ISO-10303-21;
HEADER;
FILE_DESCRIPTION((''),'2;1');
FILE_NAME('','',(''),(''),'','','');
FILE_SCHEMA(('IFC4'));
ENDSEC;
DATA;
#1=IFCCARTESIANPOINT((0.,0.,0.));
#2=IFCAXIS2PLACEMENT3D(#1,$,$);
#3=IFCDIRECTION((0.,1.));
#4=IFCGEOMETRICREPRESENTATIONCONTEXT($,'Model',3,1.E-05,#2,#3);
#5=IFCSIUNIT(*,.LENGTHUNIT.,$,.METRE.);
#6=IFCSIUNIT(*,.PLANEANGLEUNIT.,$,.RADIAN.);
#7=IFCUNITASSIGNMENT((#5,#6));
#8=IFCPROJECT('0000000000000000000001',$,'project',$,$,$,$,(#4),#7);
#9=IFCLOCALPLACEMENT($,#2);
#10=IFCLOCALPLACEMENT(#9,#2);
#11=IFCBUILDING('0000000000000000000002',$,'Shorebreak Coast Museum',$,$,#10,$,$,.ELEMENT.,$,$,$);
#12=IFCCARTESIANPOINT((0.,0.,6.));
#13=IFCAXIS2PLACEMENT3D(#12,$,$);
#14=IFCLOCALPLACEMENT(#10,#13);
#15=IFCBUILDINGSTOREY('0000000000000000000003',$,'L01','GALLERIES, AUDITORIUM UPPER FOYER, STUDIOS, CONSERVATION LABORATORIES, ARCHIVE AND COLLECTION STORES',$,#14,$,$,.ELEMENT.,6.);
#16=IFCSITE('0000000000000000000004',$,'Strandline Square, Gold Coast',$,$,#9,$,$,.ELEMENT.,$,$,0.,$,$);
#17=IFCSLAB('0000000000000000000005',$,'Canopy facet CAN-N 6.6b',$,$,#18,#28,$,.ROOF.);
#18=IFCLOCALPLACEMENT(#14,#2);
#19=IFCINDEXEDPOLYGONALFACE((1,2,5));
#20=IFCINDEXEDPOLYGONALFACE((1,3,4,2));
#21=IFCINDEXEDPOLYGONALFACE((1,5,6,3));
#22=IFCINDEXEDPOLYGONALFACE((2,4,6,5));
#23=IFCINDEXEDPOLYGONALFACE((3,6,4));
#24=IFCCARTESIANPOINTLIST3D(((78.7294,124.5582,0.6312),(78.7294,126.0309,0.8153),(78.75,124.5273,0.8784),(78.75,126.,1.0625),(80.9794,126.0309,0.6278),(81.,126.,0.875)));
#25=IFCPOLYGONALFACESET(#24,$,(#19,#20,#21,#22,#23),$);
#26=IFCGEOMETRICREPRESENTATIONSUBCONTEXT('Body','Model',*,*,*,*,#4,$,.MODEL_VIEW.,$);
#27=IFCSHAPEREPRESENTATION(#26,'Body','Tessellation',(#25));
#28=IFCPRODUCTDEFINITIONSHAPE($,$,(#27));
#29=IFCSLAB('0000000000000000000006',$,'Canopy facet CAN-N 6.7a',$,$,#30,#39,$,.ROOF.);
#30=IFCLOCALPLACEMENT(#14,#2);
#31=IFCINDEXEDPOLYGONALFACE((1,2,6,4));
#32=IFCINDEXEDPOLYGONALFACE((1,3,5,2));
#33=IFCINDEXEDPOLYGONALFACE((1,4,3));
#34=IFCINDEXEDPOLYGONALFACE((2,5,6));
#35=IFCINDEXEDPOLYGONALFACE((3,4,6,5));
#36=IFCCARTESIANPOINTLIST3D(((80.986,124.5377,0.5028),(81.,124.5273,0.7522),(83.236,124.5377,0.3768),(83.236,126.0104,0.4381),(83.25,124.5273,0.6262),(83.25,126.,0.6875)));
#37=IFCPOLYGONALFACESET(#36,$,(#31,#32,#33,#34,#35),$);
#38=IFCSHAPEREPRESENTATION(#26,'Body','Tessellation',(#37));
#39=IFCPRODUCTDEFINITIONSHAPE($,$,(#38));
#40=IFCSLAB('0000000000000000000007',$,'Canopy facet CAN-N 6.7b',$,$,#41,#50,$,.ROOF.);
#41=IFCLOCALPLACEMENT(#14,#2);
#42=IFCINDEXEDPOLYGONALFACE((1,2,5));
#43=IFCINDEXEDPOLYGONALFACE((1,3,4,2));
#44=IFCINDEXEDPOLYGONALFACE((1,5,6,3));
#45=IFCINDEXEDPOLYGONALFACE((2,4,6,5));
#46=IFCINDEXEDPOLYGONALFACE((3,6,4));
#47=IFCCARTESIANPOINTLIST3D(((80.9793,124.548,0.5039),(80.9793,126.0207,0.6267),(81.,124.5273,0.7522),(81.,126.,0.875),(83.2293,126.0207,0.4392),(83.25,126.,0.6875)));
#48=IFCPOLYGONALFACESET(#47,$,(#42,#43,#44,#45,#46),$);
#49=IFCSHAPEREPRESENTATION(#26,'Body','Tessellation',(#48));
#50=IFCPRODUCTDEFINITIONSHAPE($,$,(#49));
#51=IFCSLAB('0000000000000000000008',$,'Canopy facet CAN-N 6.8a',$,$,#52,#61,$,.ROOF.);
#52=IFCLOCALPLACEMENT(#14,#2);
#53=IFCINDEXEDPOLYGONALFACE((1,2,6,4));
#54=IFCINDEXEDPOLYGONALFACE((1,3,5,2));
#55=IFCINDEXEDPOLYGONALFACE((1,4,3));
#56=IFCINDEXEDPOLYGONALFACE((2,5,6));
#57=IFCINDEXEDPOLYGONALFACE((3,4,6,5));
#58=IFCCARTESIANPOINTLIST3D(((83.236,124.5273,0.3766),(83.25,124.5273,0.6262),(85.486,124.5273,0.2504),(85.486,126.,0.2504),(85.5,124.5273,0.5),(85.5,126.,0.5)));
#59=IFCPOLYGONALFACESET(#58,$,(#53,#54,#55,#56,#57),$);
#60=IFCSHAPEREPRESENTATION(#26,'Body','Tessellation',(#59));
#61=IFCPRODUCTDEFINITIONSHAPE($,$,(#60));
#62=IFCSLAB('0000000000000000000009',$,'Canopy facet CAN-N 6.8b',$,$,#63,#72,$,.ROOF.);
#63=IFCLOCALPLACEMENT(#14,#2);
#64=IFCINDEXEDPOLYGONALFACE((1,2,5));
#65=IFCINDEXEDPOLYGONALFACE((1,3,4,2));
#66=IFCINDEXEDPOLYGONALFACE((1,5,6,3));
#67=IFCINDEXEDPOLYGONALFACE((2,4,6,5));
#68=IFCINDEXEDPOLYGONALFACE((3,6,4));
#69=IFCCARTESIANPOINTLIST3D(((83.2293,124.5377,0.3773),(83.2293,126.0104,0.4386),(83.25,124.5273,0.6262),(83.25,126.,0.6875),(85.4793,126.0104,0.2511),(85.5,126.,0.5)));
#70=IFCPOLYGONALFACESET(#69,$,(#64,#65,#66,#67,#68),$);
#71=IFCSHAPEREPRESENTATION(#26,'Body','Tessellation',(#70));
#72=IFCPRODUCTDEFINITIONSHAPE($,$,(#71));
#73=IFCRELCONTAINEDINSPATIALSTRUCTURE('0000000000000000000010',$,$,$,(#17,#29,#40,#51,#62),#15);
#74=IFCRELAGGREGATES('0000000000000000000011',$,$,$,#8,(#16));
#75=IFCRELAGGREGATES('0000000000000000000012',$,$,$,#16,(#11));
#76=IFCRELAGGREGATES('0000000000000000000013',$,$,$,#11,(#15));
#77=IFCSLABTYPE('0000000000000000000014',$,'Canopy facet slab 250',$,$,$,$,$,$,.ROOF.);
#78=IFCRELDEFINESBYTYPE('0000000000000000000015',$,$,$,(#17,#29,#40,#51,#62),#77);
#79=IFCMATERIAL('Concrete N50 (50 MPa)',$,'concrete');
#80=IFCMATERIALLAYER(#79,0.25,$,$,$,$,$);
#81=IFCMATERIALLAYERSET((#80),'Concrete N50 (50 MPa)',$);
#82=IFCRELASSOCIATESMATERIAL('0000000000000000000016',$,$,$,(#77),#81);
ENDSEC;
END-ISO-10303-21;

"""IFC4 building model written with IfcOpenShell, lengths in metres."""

from ifc_helpers import new_model, si_unit, direction, frame, origin, place, context, subcontext, project, spatial, polyline, outline, extrude, material, layer, layer_set, type_object, element, save


model = new_model("IFC4")

# Units and contexts
model_context = context("Model", 3, precision=1e-05, world=origin(), true_north=direction((0.0, 1.0)))
body_context = subcontext(model_context, "Body", "Model", "MODEL_VIEW")
ifc_project = project(units=[si_unit("LENGTHUNIT", "METRE"), si_unit("PLANEANGLEUNIT", "RADIAN")], contexts=[model_context])

# Site, building, storey
site_placement = place(None, origin())
site = spatial("IfcSite", under=ifc_project, at=site_placement, Name="Strandline Square, Gold Coast", CompositionType="ELEMENT", RefElevation=0.0)
building_placement = place(site_placement, origin())
building = spatial("IfcBuilding", under=site, at=building_placement, Name="Shorebreak Coast Museum", CompositionType="ELEMENT")
storey_placement = place(building_placement, frame((0.0, 0.0, 6.0)))
storey = spatial("IfcBuildingStorey", under=building, at=storey_placement, Name="L01", Description="GALLERIES, AUDITORIUM UPPER FOYER, STUDIOS, CONSERVATION LABORATORIES, ARCHIVE AND COLLECTION STORES", CompositionType="ELEMENT", Elevation=6.0)

# Slabs
ifc_material = material(Name="Concrete N50 (50 MPa)", Category="concrete")
ifc_layer = layer(ifc_material, 0.25)
ifc_layer_set = layer_set([ifc_layer], Name="Concrete N50 (50 MPa)")
slab_type = type_object("IfcSlabType", Name="Canopy facet slab 250", PredefinedType="ROOF", material=ifc_layer_set)
slab_1_placement = place(storey_placement, frame((78.75, 124.5273, 0.8784), z_axis=(0.082409, -0.123613, 0.988903), x_axis=(0.836713, 0.54764, -0.001271)))
element("IfcSlab", 1, at=slab_1_placement, inside=storey, type_object=slab_type, Name="Canopy facet CAN-N 6.6b", PredefinedType="ROOF", context=body_context, shape_type="SweptSolid", body=[
    extrude(outline(polyline([(0.0, 0.0), (2.6891, 0.0), (0.8063, 1.246), (0.0, 0.0)])), origin(), (0.0, 0.0, -1.0), 0.25),
])
slab_2_placement = place(storey_placement, frame((81.0, 124.5273, 0.7522), z_axis=(0.055854, -0.041511, 0.997576), x_axis=(0.998436, 0.0, -0.055902)))
element("IfcSlab", 2, at=slab_2_placement, inside=storey, type_object=slab_type, Name="Canopy facet CAN-N 6.7a", PredefinedType="ROOF", context=body_context, shape_type="SweptSolid", body=[
    extrude(outline(polyline([(0.0, 0.0), (2.2535, 0.0), (2.2501, 1.4739), (0.0, 0.0)])), origin(), (0.0, 0.0, -1.0), 0.25),
])
slab_3_placement = place(storey_placement, frame((81.0, 124.5273, 0.7522), z_axis=(0.08276, -0.082815, 0.993123), x_axis=(0.836472, 0.547482, -0.024052)))
element("IfcSlab", 3, at=slab_3_placement, inside=storey, type_object=slab_type, Name="Canopy facet CAN-N 6.7b", PredefinedType="ROOF", context=body_context, shape_type="SweptSolid", body=[
    extrude(outline(polyline([(0.0, 0.0), (2.6899, 0.0), (0.8033, 1.2404), (0.0, 0.0)])), origin(), (0.0, 0.0, -1.0), 0.25),
])
slab_4_placement = place(storey_placement, frame((83.25, 124.5273, 0.6262), z_axis=(0.05601, 0.0, 0.99843), x_axis=(0.99843, 0.0, -0.05601)))
element("IfcSlab", 4, at=slab_4_placement, inside=storey, type_object=slab_type, Name="Canopy facet CAN-N 6.8a", PredefinedType="ROOF", context=body_context, shape_type="SweptSolid", body=[
    extrude(outline(polyline([(0.0, 0.0), (2.2535, 0.0), (2.2535, 1.4727), (0.0, 0.0)])), origin(), (0.0, 0.0, -1.0), 0.25),
])
slab_5_placement = place(storey_placement, frame((83.25, 124.5273, 0.6262), z_axis=(0.082974, -0.041432, 0.99569), x_axis=(0.835793, 0.547038, -0.046886)))
element("IfcSlab", 5, at=slab_5_placement, inside=storey, type_object=slab_type, Name="Canopy facet CAN-N 6.8b", PredefinedType="ROOF", context=body_context, shape_type="SweptSolid", body=[
    extrude(outline(polyline([(0.0, 0.0), (2.6921, 0.0), (0.8027, 1.2362), (0.0, 0.0)])), origin(), (0.0, 0.0, -1.0), 0.25),
])

save(model, "model.ifc")
